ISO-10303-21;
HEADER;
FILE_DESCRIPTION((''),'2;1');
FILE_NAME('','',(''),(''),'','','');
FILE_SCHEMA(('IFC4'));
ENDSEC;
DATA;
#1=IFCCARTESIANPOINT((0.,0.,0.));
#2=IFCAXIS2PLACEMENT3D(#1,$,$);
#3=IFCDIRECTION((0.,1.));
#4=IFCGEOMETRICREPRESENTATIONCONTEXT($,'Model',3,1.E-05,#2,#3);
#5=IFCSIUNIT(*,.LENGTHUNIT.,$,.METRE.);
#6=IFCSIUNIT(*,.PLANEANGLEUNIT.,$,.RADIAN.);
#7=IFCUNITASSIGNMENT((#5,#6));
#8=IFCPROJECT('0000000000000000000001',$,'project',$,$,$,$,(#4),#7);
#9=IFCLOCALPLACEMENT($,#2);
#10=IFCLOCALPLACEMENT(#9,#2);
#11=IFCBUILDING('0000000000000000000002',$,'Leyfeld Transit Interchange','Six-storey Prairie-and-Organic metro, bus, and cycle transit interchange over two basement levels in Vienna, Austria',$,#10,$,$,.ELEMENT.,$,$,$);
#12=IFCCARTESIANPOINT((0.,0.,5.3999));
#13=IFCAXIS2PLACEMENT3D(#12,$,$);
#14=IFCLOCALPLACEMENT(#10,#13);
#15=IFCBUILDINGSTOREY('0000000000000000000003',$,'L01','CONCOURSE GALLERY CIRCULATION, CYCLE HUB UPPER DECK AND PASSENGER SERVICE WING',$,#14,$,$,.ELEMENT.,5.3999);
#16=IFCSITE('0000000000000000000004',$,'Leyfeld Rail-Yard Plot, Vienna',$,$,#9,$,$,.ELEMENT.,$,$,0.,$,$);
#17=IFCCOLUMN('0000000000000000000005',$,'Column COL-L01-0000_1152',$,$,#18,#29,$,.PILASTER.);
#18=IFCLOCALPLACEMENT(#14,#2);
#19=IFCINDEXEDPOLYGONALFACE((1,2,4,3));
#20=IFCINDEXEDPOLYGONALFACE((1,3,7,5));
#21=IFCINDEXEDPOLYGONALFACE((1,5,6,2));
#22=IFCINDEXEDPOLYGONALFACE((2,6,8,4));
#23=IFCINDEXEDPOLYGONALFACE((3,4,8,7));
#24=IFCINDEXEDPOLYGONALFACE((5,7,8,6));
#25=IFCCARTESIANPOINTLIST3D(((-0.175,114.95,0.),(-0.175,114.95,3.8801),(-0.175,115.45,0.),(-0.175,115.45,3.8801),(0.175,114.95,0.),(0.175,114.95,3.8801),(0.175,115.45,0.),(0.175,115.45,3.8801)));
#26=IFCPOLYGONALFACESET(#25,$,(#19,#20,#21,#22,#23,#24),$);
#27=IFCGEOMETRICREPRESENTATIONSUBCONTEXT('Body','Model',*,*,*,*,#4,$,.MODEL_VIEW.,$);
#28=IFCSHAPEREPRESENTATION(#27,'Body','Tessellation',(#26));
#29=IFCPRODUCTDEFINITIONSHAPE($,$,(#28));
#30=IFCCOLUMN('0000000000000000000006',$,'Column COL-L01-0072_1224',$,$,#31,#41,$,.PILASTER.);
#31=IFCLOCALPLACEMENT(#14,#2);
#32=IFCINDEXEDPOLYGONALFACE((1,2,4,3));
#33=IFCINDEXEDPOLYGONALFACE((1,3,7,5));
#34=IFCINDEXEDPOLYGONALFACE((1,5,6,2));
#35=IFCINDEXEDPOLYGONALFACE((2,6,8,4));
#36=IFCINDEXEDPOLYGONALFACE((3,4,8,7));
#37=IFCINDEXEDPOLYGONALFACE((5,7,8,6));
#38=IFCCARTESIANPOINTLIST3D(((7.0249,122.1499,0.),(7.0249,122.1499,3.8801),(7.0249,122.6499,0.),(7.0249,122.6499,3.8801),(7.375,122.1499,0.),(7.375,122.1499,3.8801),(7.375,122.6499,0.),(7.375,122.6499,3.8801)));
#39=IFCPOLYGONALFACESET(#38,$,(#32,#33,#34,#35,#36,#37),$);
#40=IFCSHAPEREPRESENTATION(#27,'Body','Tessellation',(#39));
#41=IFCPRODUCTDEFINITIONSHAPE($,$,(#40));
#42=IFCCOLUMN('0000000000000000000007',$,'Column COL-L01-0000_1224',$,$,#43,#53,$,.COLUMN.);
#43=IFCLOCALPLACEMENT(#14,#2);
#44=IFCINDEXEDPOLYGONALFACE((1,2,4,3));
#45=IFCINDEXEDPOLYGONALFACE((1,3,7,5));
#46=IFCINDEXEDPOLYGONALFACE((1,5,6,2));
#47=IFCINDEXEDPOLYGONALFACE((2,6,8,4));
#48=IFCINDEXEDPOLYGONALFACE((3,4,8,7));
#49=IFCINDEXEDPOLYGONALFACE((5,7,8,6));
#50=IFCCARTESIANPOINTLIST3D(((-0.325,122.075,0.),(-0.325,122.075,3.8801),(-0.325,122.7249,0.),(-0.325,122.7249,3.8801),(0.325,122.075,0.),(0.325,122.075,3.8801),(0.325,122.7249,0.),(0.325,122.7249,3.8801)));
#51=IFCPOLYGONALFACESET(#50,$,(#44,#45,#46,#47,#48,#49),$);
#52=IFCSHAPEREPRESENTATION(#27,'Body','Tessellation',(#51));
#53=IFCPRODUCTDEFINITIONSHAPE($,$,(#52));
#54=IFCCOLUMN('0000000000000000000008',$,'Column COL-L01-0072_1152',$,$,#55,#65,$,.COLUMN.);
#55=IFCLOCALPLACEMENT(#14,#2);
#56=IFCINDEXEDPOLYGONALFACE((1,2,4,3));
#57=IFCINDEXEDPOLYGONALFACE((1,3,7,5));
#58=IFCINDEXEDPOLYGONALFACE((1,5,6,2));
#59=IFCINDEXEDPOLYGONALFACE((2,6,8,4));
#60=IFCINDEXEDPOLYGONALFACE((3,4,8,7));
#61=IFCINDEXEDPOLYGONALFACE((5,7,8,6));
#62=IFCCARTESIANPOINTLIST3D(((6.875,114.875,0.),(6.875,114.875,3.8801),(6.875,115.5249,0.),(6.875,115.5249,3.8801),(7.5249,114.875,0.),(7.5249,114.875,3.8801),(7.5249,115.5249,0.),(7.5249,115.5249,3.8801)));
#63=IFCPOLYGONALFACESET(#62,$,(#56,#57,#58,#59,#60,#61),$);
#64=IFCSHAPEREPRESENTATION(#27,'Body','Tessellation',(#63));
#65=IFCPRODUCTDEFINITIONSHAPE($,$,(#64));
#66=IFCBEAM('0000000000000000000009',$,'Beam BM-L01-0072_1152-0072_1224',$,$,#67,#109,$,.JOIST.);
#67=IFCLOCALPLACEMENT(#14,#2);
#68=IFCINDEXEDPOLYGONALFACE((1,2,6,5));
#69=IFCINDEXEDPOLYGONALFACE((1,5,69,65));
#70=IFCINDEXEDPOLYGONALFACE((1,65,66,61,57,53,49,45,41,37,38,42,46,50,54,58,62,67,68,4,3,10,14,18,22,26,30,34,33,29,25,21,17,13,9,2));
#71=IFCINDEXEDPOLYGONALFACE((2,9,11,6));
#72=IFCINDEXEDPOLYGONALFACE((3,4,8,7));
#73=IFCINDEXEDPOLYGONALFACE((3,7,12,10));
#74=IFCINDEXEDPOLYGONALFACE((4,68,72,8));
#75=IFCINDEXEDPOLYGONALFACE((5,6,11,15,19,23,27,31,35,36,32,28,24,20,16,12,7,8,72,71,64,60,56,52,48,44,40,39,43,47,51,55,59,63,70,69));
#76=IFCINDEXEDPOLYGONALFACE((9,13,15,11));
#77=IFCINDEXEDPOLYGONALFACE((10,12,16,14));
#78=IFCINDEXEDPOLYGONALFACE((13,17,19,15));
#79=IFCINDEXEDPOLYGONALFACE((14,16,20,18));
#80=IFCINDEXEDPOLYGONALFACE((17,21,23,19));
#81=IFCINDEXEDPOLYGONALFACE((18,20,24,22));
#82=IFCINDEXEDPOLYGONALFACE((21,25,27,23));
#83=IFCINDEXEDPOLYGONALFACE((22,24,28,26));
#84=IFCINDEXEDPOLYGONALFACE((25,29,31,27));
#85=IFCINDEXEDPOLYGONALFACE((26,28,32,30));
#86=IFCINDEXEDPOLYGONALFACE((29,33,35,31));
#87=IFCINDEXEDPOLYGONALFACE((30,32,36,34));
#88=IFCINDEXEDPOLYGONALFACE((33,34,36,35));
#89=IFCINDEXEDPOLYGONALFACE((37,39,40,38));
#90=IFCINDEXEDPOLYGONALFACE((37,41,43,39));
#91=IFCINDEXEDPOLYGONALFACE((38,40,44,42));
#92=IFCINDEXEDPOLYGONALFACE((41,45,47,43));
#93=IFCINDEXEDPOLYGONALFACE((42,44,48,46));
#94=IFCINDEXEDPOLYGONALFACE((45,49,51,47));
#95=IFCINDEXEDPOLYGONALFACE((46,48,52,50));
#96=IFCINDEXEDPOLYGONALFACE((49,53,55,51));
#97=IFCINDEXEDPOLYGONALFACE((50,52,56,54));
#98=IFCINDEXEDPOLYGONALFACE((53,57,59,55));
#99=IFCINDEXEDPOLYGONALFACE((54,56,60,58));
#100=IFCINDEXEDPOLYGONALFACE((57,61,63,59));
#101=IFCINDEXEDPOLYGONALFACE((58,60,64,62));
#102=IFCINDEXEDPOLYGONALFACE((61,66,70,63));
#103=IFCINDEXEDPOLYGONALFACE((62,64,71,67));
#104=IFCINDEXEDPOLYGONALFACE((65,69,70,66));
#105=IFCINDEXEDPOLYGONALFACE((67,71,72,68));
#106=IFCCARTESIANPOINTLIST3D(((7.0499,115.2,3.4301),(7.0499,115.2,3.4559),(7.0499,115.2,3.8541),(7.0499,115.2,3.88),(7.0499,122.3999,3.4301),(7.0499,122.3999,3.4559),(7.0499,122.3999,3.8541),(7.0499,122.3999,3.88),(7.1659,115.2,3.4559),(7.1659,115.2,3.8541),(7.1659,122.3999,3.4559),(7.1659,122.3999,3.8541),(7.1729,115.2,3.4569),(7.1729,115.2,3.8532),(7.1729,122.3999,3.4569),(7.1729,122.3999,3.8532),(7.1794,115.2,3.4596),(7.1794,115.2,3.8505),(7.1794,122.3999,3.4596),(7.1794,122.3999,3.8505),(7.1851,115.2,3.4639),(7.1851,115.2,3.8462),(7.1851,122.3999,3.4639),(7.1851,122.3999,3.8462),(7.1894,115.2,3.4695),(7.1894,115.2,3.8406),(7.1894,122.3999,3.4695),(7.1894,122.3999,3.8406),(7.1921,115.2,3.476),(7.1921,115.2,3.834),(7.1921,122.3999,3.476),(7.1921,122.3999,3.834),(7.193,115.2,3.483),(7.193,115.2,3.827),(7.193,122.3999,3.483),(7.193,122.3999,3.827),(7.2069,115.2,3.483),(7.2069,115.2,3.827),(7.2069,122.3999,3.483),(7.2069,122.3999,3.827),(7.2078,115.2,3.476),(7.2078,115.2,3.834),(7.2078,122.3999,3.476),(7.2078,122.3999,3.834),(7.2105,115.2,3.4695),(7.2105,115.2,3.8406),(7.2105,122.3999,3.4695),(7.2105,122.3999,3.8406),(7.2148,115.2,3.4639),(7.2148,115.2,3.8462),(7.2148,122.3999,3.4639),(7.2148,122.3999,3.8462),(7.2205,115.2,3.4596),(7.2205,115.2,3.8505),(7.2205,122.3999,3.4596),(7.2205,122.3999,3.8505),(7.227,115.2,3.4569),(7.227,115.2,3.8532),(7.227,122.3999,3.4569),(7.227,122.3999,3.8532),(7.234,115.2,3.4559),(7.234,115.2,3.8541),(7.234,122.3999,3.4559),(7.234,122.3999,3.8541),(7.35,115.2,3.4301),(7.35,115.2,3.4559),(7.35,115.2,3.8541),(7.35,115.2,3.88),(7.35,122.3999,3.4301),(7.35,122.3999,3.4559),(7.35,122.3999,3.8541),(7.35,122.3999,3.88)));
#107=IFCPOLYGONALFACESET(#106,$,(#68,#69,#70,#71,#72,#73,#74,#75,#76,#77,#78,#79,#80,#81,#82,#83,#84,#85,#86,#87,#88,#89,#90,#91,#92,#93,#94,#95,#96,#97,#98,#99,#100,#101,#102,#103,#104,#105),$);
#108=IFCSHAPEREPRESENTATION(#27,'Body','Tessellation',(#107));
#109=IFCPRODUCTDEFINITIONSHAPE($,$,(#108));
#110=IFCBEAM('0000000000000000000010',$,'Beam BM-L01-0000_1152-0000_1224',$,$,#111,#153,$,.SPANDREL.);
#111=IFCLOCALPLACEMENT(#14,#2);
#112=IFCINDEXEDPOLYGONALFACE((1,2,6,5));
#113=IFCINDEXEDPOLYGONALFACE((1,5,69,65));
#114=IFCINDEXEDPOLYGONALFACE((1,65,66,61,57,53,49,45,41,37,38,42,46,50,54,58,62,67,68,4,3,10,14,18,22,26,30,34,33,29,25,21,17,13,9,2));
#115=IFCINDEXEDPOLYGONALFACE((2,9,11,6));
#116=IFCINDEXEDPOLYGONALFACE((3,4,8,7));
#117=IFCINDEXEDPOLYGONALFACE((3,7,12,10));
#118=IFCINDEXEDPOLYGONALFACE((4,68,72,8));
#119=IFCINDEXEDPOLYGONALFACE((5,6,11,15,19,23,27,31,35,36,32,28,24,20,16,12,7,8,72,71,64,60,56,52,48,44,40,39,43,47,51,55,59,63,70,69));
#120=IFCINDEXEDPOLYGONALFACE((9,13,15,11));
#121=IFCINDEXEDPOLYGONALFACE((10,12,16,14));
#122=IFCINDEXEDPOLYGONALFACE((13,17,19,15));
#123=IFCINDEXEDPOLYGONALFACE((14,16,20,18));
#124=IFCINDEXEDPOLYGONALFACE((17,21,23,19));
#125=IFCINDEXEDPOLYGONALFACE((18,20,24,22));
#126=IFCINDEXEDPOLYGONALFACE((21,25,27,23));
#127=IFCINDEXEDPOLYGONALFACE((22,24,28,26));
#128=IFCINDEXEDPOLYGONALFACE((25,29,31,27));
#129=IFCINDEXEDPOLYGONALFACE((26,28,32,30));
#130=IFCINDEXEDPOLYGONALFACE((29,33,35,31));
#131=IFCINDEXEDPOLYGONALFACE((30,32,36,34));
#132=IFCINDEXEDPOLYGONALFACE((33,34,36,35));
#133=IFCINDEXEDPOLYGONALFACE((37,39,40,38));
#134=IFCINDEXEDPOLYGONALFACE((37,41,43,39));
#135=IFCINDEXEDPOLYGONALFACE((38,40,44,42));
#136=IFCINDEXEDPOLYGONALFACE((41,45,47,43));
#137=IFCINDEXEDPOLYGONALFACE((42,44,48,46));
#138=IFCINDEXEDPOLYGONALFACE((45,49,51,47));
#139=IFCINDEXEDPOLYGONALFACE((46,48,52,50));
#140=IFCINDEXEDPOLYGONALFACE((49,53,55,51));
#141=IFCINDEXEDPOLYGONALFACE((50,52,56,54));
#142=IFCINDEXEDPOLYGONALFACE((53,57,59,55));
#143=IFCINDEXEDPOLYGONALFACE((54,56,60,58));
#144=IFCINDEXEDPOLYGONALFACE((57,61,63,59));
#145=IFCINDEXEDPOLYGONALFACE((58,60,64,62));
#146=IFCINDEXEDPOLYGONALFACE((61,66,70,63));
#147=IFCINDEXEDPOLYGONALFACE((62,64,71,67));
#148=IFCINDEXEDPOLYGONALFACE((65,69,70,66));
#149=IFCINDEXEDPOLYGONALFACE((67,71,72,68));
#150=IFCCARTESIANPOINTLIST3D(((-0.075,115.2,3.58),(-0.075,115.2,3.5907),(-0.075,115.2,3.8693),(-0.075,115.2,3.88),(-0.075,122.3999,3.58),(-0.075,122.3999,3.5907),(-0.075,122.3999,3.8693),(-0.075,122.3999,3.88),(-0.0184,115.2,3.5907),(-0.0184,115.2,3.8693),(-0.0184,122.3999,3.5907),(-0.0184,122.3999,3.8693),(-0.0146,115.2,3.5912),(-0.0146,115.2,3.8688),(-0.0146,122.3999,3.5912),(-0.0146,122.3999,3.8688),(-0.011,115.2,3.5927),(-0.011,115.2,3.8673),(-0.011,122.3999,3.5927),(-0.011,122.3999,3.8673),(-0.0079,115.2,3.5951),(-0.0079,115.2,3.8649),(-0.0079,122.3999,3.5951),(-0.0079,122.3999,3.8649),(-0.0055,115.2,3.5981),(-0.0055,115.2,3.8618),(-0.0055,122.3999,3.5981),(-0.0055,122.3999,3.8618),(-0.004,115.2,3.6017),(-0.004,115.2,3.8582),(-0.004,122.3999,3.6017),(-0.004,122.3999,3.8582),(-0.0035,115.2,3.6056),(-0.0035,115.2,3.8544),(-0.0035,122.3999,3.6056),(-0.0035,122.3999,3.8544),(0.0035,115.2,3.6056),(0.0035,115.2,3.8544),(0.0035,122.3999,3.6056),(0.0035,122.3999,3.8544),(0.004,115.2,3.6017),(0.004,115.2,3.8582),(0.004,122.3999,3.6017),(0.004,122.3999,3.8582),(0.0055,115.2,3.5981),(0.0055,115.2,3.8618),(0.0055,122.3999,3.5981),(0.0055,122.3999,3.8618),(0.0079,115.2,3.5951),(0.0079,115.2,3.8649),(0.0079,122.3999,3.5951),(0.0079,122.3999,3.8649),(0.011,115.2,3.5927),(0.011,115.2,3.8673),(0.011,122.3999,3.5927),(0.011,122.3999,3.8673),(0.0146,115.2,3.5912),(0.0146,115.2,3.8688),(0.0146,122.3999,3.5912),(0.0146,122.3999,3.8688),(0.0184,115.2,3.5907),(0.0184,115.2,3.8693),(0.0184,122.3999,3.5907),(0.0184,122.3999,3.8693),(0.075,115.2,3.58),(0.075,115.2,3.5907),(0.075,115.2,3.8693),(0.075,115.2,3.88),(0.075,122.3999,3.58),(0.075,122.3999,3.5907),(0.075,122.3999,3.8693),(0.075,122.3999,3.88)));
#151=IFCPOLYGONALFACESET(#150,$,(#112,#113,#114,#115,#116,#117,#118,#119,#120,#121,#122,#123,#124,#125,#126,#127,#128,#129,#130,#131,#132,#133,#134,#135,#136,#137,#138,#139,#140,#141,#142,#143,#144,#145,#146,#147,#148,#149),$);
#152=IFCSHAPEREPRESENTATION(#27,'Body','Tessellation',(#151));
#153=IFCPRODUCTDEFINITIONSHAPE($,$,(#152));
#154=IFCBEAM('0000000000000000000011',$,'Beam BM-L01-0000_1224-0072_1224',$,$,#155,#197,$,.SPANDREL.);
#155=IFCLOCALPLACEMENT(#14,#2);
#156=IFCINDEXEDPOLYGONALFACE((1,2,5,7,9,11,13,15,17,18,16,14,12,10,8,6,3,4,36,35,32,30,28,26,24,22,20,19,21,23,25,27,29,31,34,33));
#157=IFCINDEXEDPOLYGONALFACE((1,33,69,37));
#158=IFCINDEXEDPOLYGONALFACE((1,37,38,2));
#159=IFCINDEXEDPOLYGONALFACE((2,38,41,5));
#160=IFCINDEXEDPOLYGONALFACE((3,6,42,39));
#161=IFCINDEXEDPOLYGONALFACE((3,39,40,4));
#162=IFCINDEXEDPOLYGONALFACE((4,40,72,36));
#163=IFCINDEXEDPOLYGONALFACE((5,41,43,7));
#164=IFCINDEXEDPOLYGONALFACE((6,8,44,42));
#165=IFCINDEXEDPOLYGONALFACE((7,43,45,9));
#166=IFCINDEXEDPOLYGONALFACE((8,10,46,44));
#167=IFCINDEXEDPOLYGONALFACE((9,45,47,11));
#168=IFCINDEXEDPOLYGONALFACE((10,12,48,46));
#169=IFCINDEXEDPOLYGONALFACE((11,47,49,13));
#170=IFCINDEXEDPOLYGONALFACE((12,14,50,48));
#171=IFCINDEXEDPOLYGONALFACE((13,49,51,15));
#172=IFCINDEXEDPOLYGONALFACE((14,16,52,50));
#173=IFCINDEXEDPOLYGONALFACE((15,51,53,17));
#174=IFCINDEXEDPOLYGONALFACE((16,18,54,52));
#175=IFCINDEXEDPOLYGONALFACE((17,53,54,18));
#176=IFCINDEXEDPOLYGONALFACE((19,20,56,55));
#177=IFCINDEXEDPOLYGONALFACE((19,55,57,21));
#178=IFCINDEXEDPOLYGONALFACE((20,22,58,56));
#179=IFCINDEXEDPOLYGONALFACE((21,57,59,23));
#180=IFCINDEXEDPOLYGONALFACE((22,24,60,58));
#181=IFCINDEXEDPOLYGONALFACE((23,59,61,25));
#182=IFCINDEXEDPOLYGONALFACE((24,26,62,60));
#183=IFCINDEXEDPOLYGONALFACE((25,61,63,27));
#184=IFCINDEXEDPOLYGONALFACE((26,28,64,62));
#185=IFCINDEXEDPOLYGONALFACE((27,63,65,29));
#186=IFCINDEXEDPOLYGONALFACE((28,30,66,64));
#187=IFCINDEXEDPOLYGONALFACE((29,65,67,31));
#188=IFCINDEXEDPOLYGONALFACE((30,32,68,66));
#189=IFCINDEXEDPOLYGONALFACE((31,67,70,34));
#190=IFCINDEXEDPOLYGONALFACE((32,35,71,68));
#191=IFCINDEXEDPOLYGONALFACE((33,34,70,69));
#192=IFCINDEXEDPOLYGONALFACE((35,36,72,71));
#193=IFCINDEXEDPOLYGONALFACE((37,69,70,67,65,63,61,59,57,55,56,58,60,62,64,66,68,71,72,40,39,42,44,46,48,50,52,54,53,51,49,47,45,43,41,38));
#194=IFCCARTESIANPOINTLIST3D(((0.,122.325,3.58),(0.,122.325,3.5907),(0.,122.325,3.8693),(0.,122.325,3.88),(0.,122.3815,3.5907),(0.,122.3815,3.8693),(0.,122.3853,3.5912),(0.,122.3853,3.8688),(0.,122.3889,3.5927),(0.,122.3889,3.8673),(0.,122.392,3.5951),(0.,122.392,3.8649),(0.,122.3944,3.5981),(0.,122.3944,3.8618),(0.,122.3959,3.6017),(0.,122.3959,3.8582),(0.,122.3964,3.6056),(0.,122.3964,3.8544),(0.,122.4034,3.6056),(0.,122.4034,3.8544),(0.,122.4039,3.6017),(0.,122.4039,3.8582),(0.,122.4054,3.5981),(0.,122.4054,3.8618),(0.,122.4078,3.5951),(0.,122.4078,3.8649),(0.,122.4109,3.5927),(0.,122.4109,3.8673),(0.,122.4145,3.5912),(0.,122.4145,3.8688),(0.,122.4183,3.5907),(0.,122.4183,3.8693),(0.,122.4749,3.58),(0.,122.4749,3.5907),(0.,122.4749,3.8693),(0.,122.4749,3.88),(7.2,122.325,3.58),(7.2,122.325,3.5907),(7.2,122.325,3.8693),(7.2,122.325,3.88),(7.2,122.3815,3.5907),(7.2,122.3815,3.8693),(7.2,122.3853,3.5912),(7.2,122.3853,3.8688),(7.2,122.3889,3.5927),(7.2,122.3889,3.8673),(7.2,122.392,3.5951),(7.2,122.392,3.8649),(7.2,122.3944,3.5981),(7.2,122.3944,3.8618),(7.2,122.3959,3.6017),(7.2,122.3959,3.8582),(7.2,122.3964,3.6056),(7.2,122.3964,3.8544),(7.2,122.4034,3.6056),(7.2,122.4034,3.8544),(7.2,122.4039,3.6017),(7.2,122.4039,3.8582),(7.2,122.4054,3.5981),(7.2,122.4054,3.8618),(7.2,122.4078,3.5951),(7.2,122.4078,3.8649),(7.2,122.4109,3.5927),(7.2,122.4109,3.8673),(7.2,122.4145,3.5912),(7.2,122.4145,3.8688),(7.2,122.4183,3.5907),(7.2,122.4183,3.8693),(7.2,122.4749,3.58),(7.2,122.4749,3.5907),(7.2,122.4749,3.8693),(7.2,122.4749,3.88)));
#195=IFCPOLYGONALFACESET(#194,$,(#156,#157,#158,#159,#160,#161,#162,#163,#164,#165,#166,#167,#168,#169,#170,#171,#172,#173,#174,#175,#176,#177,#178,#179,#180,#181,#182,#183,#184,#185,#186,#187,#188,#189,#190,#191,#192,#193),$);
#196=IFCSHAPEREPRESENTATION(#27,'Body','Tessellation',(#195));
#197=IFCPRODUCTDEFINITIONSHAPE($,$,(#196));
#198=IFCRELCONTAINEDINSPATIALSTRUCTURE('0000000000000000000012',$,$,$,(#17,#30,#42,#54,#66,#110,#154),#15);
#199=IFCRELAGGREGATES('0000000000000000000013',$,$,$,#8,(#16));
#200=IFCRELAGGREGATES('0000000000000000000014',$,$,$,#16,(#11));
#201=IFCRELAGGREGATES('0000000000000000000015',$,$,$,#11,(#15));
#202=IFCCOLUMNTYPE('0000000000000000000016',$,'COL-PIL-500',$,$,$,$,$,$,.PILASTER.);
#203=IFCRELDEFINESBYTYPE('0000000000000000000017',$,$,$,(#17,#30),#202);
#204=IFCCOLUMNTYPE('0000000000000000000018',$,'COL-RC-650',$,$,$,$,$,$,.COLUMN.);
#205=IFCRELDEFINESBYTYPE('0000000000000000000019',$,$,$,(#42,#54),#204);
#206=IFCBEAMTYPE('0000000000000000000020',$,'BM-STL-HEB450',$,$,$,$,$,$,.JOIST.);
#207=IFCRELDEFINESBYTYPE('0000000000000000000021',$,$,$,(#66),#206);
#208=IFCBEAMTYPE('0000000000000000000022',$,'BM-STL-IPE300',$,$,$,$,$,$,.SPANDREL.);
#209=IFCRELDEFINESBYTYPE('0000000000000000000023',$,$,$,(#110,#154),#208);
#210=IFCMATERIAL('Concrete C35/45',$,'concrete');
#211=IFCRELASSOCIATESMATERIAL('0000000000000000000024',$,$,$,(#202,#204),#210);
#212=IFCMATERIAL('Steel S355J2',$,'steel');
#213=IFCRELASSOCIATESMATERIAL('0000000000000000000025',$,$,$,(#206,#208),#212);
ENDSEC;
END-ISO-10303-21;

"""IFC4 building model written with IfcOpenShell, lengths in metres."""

from ifc_helpers import new_model, si_unit, direction, frame, origin, origin_2d, place, context, subcontext, project, spatial, rectangle, i_section, extrude, material, material_profile, profile_set, type_object, element, save


model = new_model("IFC4")

# Units and contexts
model_context = context("Model", 3, precision=1e-05, world=origin(), true_north=direction((0.0, 1.0)))
body_context = subcontext(model_context, "Body", "Model", "MODEL_VIEW")
ifc_project = project(units=[si_unit("LENGTHUNIT", "METRE"), si_unit("PLANEANGLEUNIT", "RADIAN")], contexts=[model_context])

# Site, building, storey
site_placement = place(None, origin())
site = spatial("IfcSite", under=ifc_project, at=site_placement, Name="Leyfeld Rail-Yard Plot, Vienna", CompositionType="ELEMENT", RefElevation=0.0)
building_placement = place(site_placement, origin())
building = spatial("IfcBuilding", under=site, at=building_placement, Name="Leyfeld Transit Interchange", Description="Six-storey Prairie-and-Organic metro, bus, and cycle transit interchange over two basement levels in Vienna, Austria", CompositionType="ELEMENT")
storey_placement = place(building_placement, frame((0.0, 0.0, 5.3999)))
storey = spatial("IfcBuildingStorey", under=building, at=storey_placement, Name="L01", Description="CONCOURSE GALLERY CIRCULATION, CYCLE HUB UPPER DECK AND PASSENGER SERVICE WING", CompositionType="ELEMENT", Elevation=5.3999)

# Columns
ifc_material_1 = material(Name="Concrete C35/45", Category="concrete")
ifc_material_profile_1 = material_profile(ifc_material_1, rectangle(XDim=0.3501, YDim=0.5, at=origin_2d()), Name="RC 500x350")
ifc_profile_set_1 = profile_set([ifc_material_profile_1], Name="Concrete C35/45")
column_type_1 = type_object("IfcColumnType", Name="COL-PIL-500", PredefinedType="PILASTER", material=ifc_profile_set_1)
for number, where, z_axis, x_axis, name in (
    (1, (0.0, 115.2, 0.0), (0.0, 0.0, 1.0), (1.0, 0.0, 0.0), "Column COL-L01-0000_1152"),
    (2, (7.2, 122.3999, 0.0), (0.0, 0.0, 1.0), (1.0, 0.0, 0.0), "Column COL-L01-0072_1224"),
):
    element("IfcColumn", number, at=place(storey_placement, frame(where, z_axis=z_axis, x_axis=x_axis)), inside=storey, type_object=column_type_1, Name=name, PredefinedType="PILASTER", context=body_context, shape_type="SweptSolid", body=[
        extrude(rectangle(XDim=0.3501, YDim=0.5, at=origin_2d()), origin(), (0.0, 0.0, 1.0), 3.8801),
    ])
ifc_material_profile_2 = material_profile(ifc_material_1, rectangle(XDim=0.6499, YDim=0.6499, at=origin_2d()), Name="RC 650x650")
ifc_profile_set_2 = profile_set([ifc_material_profile_2], Name="Concrete C35/45")
column_type_2 = type_object("IfcColumnType", Name="COL-RC-650", PredefinedType="COLUMN", material=ifc_profile_set_2)
for number, where, z_axis, x_axis, name in (
    (3, (0.0, 122.3999, 0.0), (0.0, 0.0, 1.0), (1.0, 0.0, 0.0), "Column COL-L01-0000_1224"),
    (4, (7.2, 115.2, 0.0), (0.0, 0.0, 1.0), (1.0, 0.0, 0.0), "Column COL-L01-0072_1152"),
):
    element("IfcColumn", number, at=place(storey_placement, frame(where, z_axis=z_axis, x_axis=x_axis)), inside=storey, type_object=column_type_2, Name=name, PredefinedType="COLUMN", context=body_context, shape_type="SweptSolid", body=[
        extrude(rectangle(XDim=0.6499, YDim=0.6499, at=origin_2d()), origin(), (0.0, 0.0, 1.0), 3.8801),
    ])

# Beams
ifc_material_2 = material(Name="Steel S355J2", Category="steel")
ifc_material_profile_3 = material_profile(ifc_material_2, i_section(OverallWidth=0.3, OverallDepth=0.45, WebThickness=0.0139, FlangeThickness=0.0259, FilletRadius=0.0271, at=origin_2d()), Name="HEB 450")
ifc_profile_set_3 = profile_set([ifc_material_profile_3], Name="Steel S355J2")
beam_type_1 = type_object("IfcBeamType", Name="BM-STL-HEB450", PredefinedType="JOIST", material=ifc_profile_set_3)
beam_1_placement = place(storey_placement, frame((7.2, 115.2, 3.655), z_axis=(0.0, 1.0, 0.0), x_axis=(-1.0, 0.0, 0.0)))
element("IfcBeam", 5, at=beam_1_placement, inside=storey, type_object=beam_type_1, Name="Beam BM-L01-0072_1152-0072_1224", PredefinedType="JOIST", context=body_context, shape_type="SweptSolid", body=[
    extrude(i_section(OverallWidth=0.3, OverallDepth=0.45, WebThickness=0.0139, FlangeThickness=0.0259, FilletRadius=0.0271, at=origin_2d()), origin(), (0.0, 0.0, 1.0), 7.2),
])
ifc_material_profile_4 = material_profile(ifc_material_2, i_section(OverallWidth=0.1499, OverallDepth=0.3, WebThickness=0.0071, FlangeThickness=0.0107, FilletRadius=0.0149, at=origin_2d()), Name="IPE 300")
ifc_profile_set_4 = profile_set([ifc_material_profile_4], Name="Steel S355J2")
beam_type_2 = type_object("IfcBeamType", Name="BM-STL-IPE300", PredefinedType="SPANDREL", material=ifc_profile_set_4)
for number, where, z_axis, x_axis, name in (
    (6, (0.0, 115.2, 3.73), (0.0, 1.0, 0.0), (-1.0, 0.0, 0.0), "Beam BM-L01-0000_1152-0000_1224"),
    (7, (0.0, 122.3999, 3.73), (1.0, 0.0, 0.0), (0.0, 1.0, 0.0), "Beam BM-L01-0000_1224-0072_1224"),
):
    element("IfcBeam", number, at=place(storey_placement, frame(where, z_axis=z_axis, x_axis=x_axis)), inside=storey, type_object=beam_type_2, Name=name, PredefinedType="SPANDREL", context=body_context, shape_type="SweptSolid", body=[
        extrude(i_section(OverallWidth=0.1499, OverallDepth=0.3, WebThickness=0.0071, FlangeThickness=0.0107, FilletRadius=0.0149, at=origin_2d()), origin(), (0.0, 0.0, 1.0), 7.2),
    ])

save(model, "model.ifc")
